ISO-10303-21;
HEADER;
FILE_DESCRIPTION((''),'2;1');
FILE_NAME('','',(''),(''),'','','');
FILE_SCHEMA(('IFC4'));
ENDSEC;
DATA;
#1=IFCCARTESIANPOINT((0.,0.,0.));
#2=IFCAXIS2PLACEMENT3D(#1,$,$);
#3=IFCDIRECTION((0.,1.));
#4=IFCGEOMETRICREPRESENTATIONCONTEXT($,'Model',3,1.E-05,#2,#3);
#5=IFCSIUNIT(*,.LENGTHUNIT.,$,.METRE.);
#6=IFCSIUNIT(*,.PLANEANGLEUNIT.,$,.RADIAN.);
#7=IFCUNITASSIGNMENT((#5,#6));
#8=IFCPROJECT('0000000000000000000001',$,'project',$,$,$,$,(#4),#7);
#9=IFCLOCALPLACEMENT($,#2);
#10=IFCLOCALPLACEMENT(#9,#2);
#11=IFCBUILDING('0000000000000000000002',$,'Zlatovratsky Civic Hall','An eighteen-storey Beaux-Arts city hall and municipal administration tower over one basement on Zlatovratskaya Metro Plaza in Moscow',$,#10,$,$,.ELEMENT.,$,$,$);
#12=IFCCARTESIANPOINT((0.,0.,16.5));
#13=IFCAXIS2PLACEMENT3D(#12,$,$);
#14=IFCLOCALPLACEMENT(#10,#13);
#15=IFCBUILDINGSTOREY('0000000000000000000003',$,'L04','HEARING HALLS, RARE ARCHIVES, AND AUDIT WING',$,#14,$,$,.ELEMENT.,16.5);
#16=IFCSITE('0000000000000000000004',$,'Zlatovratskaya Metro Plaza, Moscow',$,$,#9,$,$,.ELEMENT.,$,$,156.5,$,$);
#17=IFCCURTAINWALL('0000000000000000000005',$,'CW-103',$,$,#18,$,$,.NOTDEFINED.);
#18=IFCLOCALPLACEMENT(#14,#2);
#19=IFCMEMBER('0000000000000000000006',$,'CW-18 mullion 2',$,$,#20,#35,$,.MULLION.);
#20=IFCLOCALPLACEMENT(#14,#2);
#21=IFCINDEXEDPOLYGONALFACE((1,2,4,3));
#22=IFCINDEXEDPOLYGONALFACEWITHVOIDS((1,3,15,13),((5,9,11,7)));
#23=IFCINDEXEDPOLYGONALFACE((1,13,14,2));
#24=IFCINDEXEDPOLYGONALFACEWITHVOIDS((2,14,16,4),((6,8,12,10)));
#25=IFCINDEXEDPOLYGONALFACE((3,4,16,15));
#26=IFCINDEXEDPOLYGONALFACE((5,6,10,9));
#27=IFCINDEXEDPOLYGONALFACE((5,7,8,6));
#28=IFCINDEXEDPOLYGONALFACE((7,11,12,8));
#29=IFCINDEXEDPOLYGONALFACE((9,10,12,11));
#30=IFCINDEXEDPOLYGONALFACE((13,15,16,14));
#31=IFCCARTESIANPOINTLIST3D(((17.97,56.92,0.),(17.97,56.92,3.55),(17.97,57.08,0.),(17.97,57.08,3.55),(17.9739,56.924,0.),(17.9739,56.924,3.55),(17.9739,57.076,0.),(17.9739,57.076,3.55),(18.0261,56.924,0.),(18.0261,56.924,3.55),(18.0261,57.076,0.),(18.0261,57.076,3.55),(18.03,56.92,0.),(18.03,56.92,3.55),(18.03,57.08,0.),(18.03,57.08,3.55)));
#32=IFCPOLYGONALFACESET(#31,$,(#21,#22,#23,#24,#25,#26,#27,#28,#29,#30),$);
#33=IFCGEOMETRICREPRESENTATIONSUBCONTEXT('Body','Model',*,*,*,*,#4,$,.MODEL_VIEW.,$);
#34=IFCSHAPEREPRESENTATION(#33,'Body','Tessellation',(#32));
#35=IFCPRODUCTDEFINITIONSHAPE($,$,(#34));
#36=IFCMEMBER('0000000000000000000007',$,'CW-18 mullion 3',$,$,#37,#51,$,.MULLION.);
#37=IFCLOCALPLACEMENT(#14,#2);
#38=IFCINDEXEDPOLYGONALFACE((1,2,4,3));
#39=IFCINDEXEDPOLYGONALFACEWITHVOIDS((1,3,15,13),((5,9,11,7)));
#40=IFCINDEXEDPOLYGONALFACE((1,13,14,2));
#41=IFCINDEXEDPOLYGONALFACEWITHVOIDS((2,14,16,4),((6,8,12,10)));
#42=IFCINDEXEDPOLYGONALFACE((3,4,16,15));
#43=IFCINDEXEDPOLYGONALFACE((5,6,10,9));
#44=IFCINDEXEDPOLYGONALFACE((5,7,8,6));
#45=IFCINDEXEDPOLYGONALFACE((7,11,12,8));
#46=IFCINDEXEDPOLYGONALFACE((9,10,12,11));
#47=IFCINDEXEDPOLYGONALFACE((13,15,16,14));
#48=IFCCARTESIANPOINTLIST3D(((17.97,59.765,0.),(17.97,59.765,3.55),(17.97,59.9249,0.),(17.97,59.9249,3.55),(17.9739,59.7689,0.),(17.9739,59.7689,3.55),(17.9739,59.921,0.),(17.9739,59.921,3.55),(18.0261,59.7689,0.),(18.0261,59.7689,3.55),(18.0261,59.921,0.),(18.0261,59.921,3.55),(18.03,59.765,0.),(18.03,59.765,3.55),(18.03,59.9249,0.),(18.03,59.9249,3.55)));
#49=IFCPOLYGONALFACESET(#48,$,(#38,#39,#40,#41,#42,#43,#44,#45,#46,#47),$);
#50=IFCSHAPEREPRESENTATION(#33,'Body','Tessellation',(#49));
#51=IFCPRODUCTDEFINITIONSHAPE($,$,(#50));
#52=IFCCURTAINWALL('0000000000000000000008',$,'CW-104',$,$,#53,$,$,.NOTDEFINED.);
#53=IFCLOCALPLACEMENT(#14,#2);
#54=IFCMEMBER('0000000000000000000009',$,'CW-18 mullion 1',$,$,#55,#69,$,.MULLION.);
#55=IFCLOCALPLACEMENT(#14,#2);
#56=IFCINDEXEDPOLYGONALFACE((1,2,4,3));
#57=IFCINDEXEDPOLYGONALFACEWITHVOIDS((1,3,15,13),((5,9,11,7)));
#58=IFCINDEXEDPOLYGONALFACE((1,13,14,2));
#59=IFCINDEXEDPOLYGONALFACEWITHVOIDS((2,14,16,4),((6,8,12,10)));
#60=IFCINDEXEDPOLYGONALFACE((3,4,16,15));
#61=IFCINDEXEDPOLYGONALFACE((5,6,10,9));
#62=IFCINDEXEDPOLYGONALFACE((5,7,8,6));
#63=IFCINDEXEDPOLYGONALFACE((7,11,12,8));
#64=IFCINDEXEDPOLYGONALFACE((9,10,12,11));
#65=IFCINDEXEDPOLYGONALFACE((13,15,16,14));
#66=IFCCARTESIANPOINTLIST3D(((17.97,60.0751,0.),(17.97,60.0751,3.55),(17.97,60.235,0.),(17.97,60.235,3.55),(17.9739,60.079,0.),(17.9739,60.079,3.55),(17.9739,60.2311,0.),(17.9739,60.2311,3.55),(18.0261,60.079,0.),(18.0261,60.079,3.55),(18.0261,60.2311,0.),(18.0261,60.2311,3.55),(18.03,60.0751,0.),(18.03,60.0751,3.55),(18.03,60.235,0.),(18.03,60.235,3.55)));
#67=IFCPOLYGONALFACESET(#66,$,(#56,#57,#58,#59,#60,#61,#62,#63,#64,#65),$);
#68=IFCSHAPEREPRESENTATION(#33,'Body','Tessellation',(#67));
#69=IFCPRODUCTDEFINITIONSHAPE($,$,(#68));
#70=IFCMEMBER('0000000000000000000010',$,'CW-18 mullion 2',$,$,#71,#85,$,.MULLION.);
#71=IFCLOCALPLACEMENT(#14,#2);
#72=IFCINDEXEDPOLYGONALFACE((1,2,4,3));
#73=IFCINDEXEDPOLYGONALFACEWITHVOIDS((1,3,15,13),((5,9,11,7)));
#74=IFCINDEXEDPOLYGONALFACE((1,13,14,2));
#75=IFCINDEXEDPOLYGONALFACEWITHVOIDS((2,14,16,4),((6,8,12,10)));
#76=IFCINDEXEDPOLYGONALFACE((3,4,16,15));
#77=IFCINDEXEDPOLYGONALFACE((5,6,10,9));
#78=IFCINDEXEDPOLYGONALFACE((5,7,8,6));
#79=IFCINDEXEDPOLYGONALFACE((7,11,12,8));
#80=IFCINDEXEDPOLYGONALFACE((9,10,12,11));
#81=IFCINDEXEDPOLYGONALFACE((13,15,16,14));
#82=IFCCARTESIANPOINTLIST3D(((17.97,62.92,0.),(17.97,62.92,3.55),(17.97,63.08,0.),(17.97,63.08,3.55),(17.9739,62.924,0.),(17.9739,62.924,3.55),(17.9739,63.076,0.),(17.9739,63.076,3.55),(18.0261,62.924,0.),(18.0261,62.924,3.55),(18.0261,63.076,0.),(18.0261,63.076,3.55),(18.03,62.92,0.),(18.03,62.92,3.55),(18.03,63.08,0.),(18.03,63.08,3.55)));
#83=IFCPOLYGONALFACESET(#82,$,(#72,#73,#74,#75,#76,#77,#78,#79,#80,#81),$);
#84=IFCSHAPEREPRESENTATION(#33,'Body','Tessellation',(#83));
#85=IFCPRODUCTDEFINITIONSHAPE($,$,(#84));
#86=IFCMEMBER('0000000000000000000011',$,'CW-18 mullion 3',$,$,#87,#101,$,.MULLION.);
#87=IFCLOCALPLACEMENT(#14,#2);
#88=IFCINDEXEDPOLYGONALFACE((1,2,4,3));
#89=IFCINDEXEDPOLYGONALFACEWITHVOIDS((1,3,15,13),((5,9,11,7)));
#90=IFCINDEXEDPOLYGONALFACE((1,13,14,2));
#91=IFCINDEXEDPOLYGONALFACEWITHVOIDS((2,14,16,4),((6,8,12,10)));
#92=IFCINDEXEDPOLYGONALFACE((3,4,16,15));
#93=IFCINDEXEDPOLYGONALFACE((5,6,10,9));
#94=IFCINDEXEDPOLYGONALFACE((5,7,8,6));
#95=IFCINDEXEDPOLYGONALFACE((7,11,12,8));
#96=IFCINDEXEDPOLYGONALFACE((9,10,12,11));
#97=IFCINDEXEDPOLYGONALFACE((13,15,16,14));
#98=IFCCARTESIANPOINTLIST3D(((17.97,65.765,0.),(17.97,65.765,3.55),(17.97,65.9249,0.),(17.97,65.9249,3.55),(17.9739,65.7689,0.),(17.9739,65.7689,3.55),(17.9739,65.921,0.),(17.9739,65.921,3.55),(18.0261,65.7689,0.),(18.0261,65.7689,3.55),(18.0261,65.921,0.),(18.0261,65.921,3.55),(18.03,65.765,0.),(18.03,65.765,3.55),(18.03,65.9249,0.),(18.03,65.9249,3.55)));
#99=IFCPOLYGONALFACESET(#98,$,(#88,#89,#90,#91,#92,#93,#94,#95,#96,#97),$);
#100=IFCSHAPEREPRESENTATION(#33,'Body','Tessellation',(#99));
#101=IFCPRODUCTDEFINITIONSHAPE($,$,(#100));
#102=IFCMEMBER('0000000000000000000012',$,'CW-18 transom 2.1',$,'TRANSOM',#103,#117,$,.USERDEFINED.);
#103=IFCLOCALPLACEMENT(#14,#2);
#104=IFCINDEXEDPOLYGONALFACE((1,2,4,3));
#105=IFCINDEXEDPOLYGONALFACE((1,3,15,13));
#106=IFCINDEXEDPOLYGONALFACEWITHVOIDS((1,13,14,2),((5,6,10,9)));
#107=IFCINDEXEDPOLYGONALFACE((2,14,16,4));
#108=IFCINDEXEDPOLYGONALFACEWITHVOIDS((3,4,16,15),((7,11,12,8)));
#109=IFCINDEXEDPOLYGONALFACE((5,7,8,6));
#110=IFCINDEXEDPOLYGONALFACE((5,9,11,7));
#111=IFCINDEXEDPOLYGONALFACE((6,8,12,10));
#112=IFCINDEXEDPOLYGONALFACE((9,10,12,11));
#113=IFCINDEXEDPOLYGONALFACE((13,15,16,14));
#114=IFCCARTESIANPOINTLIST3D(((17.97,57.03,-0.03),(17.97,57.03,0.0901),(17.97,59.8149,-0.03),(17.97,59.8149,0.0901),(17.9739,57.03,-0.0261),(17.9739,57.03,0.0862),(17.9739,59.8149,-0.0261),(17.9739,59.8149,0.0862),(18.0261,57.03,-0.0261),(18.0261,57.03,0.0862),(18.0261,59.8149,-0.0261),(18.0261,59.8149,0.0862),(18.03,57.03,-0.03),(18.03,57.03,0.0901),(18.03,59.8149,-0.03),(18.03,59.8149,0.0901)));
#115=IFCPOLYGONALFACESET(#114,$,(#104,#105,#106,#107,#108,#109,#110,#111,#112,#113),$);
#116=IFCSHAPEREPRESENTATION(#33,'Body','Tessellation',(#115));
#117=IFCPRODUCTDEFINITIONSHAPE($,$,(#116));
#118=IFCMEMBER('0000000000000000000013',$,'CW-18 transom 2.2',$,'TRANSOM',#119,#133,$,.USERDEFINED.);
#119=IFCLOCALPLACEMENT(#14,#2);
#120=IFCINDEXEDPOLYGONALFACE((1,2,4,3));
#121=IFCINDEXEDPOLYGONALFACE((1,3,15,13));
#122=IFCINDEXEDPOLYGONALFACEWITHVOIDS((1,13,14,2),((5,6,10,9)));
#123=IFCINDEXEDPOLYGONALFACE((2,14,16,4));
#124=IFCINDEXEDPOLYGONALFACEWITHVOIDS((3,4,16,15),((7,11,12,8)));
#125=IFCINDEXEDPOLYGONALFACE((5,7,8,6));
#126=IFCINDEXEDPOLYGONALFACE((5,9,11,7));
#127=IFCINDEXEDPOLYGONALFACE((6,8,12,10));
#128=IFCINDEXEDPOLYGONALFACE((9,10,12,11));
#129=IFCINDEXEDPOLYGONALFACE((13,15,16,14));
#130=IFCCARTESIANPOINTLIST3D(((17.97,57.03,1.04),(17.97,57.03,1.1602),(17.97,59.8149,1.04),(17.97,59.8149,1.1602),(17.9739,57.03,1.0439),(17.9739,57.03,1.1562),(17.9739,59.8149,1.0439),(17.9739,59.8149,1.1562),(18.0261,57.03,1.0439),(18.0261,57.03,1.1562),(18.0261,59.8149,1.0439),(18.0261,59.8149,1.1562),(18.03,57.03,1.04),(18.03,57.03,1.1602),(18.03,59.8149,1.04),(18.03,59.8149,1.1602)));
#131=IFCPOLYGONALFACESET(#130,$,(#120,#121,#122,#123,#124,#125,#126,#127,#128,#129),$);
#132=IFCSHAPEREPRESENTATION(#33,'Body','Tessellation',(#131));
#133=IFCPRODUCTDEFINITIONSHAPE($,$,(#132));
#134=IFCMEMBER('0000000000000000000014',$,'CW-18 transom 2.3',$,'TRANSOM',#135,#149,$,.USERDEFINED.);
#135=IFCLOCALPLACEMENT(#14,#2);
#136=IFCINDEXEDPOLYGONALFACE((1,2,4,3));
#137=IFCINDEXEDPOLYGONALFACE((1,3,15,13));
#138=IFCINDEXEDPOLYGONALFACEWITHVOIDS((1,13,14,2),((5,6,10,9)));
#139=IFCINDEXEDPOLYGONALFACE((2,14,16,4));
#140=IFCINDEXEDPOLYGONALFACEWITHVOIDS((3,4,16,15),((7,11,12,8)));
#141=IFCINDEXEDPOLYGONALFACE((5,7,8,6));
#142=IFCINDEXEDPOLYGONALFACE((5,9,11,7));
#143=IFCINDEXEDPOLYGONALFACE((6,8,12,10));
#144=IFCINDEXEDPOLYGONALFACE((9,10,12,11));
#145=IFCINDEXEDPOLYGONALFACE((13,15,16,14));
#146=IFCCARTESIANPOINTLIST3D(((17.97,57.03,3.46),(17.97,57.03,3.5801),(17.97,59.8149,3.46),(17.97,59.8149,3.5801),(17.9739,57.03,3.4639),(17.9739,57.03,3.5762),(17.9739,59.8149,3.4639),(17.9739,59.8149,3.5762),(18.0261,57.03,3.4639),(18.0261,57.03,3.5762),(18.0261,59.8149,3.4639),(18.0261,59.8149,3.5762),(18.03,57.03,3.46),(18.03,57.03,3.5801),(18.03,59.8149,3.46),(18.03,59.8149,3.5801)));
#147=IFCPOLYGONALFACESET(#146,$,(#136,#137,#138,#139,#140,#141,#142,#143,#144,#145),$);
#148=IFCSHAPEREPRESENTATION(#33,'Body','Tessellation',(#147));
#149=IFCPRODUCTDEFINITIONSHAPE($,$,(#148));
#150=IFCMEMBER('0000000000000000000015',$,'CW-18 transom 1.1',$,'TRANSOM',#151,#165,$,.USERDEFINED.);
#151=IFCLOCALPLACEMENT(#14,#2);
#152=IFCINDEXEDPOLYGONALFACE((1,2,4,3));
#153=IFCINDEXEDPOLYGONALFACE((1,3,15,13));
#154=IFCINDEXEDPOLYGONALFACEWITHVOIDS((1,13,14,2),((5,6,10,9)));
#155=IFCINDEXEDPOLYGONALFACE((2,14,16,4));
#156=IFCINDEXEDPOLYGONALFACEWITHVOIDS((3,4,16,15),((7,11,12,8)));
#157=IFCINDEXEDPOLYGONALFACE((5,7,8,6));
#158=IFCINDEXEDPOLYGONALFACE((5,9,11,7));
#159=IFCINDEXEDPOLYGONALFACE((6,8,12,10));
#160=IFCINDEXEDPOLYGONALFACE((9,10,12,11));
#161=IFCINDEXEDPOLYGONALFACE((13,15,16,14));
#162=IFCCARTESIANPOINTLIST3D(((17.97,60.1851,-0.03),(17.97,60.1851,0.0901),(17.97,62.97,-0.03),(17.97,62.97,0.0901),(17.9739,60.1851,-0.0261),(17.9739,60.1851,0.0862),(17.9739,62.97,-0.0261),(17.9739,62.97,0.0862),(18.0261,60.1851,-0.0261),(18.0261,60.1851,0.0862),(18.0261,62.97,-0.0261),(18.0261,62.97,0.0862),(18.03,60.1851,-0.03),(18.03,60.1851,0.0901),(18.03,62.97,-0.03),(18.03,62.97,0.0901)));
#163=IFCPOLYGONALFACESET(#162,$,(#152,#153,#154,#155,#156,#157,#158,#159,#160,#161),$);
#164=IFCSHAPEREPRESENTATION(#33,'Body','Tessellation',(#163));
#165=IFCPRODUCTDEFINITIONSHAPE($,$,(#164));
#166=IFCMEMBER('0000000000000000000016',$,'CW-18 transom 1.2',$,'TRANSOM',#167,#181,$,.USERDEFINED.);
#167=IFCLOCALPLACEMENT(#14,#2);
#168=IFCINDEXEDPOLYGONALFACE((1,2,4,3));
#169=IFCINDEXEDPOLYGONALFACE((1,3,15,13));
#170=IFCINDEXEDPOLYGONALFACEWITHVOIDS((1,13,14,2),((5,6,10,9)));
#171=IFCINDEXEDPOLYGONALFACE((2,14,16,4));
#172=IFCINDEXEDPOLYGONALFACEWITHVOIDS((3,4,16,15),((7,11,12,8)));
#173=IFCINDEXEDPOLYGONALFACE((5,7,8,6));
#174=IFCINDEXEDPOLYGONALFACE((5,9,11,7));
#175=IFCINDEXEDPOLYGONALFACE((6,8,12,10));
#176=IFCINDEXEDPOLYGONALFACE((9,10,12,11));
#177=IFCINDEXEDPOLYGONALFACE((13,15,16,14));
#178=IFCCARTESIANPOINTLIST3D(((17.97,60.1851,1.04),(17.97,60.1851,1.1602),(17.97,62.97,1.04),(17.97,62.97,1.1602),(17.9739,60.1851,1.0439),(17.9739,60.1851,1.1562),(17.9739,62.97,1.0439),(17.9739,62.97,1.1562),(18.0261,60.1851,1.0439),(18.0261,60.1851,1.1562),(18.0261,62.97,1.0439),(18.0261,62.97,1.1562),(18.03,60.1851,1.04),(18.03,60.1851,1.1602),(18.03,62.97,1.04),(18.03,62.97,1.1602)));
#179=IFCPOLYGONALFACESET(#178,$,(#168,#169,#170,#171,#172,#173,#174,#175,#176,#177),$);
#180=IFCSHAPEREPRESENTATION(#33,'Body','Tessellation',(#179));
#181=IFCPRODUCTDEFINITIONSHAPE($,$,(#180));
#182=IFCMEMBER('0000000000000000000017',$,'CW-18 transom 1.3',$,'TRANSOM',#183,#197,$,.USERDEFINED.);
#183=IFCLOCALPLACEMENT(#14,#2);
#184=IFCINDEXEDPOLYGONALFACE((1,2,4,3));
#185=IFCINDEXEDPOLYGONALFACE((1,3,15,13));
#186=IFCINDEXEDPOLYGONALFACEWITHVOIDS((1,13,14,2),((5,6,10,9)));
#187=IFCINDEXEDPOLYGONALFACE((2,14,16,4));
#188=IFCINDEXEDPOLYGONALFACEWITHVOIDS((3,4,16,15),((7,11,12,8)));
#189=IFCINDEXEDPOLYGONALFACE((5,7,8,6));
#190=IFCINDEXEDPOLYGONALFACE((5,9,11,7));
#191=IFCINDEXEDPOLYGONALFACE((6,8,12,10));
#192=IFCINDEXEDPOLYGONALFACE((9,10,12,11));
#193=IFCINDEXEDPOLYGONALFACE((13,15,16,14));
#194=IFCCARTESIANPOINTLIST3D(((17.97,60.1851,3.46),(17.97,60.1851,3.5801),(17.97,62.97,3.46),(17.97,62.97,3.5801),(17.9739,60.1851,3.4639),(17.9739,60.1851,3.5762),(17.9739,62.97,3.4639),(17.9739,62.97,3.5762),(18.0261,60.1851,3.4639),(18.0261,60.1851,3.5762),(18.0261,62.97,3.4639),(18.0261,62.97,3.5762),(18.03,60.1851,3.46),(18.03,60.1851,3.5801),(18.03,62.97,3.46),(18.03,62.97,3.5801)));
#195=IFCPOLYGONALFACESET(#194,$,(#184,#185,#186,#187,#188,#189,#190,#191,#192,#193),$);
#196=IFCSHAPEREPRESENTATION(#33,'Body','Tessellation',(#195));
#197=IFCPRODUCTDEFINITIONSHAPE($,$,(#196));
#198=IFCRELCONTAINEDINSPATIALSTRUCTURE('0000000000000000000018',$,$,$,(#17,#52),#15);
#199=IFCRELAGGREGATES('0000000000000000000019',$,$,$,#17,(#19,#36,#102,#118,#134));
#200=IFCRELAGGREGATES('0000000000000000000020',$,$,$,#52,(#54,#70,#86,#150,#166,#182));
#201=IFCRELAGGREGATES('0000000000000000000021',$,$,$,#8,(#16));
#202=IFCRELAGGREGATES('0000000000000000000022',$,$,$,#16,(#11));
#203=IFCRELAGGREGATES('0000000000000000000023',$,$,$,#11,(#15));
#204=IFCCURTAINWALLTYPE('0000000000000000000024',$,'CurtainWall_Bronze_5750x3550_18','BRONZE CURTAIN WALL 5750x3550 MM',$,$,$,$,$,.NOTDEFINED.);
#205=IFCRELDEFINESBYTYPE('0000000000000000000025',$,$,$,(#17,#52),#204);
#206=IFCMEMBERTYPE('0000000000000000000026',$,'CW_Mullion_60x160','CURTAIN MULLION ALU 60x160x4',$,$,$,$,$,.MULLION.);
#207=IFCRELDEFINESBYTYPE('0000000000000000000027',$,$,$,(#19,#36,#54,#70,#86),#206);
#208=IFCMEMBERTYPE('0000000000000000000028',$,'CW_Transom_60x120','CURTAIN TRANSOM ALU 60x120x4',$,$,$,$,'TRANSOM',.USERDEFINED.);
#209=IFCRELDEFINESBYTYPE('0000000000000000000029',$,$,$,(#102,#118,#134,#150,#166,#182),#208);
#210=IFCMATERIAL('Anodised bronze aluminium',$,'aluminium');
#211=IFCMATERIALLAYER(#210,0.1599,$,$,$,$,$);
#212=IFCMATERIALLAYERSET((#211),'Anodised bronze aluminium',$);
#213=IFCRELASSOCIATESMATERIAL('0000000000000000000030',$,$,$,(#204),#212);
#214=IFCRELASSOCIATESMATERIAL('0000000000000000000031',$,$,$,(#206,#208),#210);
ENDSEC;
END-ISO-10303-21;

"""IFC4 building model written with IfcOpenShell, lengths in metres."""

from ifc_helpers import new_model, si_unit, direction, frame, origin, origin_2d, place, context, subcontext, project, spatial, hollow_rectangle, extrude, material, layer, layer_set, material_profile, profile_set, type_object, element, aggregate, save


model = new_model("IFC4")

# Units and contexts
model_context = context("Model", 3, precision=1e-05, world=origin(), true_north=direction((0.0, 1.0)))
body_context = subcontext(model_context, "Body", "Model", "MODEL_VIEW")
ifc_project = project(units=[si_unit("LENGTHUNIT", "METRE"), si_unit("PLANEANGLEUNIT", "RADIAN")], contexts=[model_context])

# Site, building, storey
site_placement = place(None, origin())
site = spatial("IfcSite", under=ifc_project, at=site_placement, Name="Zlatovratskaya Metro Plaza, Moscow", CompositionType="ELEMENT", RefElevation=156.5)
building_placement = place(site_placement, origin())
building = spatial("IfcBuilding", under=site, at=building_placement, Name="Zlatovratsky Civic Hall", Description="An eighteen-storey Beaux-Arts city hall and municipal administration tower over one basement on Zlatovratskaya Metro Plaza in Moscow", CompositionType="ELEMENT")
storey_placement = place(building_placement, frame((0.0, 0.0, 16.5)))
storey = spatial("IfcBuildingStorey", under=building, at=storey_placement, Name="L04", Description="HEARING HALLS, RARE ARCHIVES, AND AUDIT WING", CompositionType="ELEMENT", Elevation=16.5)

# Curtain walls, members
ifc_material_1 = material(Name="Anodised bronze aluminium", Category="aluminium")
ifc_layer_1 = layer(ifc_material_1, 0.1599)
ifc_layer_set_1 = layer_set([ifc_layer_1], Name="Anodised bronze aluminium")
curtain_wall_type = type_object("IfcCurtainWallType", Name="CurtainWall_Bronze_5750x3550_18", Description="BRONZE CURTAIN WALL 5750x3550 MM", PredefinedType="NOTDEFINED", material=ifc_layer_set_1)
curtain_wall_1_placement = place(storey_placement, origin())
curtain_wall_1 = element("IfcCurtainWall", 1, at=curtain_wall_1_placement, inside=storey, type_object=curtain_wall_type, Name="CW-103", PredefinedType="NOTDEFINED")
ifc_material_profile_1 = material_profile(ifc_material_1, hollow_rectangle(XDim=0.0601, YDim=0.1599, WallThickness=0.0039, at=origin_2d()), Name="ALU 60x160x4")
ifc_profile_set_1 = profile_set([ifc_material_profile_1], Name="Anodised bronze aluminium")
member_type_1 = type_object("IfcMemberType", Name="CW_Mullion_60x160", Description="CURTAIN MULLION ALU 60x160x4", PredefinedType="MULLION", material=ifc_profile_set_1)
member_1_placement = place(storey_placement, frame((18.0, 57.0, 0.0), z_axis=(0.0, 0.0, 1.0), x_axis=(-1.0, 0.0, 0.0)))
member_1 = element("IfcMember", 2, at=member_1_placement, type_object=member_type_1, Name="CW-18 mullion 2", PredefinedType="MULLION", context=body_context, shape_type="SweptSolid", body=[
    extrude(hollow_rectangle(XDim=0.0601, YDim=0.1599, WallThickness=0.0039, at=origin_2d()), origin(), (0.0, 0.0, 1.0), 3.55),
])
member_2_placement = place(storey_placement, frame((18.0, 59.845, 0.0), z_axis=(0.0, 0.0, 1.0), x_axis=(-1.0, 0.0, 0.0)))
member_2 = element("IfcMember", 3, at=member_2_placement, type_object=member_type_1, Name="CW-18 mullion 3", PredefinedType="MULLION", context=body_context, shape_type="SweptSolid", body=[
    extrude(hollow_rectangle(XDim=0.0601, YDim=0.1599, WallThickness=0.0039, at=origin_2d()), origin(), (0.0, 0.0, 1.0), 3.55),
])
curtain_wall_2_placement = place(storey_placement, origin())
curtain_wall_2 = element("IfcCurtainWall", 4, at=curtain_wall_2_placement, inside=storey, type_object=curtain_wall_type, Name="CW-104", PredefinedType="NOTDEFINED")
member_3_placement = place(storey_placement, frame((18.0, 60.155, 0.0), z_axis=(0.0, 0.0, 1.0), x_axis=(-1.0, 0.0, 0.0)))
member_3 = element("IfcMember", 5, at=member_3_placement, type_object=member_type_1, Name="CW-18 mullion 1", PredefinedType="MULLION", context=body_context, shape_type="SweptSolid", body=[
    extrude(hollow_rectangle(XDim=0.0601, YDim=0.1599, WallThickness=0.0039, at=origin_2d()), origin(), (0.0, 0.0, 1.0), 3.55),
])
member_4_placement = place(storey_placement, frame((18.0, 63.0, 0.0), z_axis=(0.0, 0.0, 1.0), x_axis=(-1.0, 0.0, 0.0)))
member_4 = element("IfcMember", 6, at=member_4_placement, type_object=member_type_1, Name="CW-18 mullion 2", PredefinedType="MULLION", context=body_context, shape_type="SweptSolid", body=[
    extrude(hollow_rectangle(XDim=0.0601, YDim=0.1599, WallThickness=0.0039, at=origin_2d()), origin(), (0.0, 0.0, 1.0), 3.55),
])
member_5_placement = place(storey_placement, frame((18.0, 65.845, 0.0), z_axis=(0.0, 0.0, 1.0), x_axis=(-1.0, 0.0, 0.0)))
member_5 = element("IfcMember", 7, at=member_5_placement, type_object=member_type_1, Name="CW-18 mullion 3", PredefinedType="MULLION", context=body_context, shape_type="SweptSolid", body=[
    extrude(hollow_rectangle(XDim=0.0601, YDim=0.1599, WallThickness=0.0039, at=origin_2d()), origin(), (0.0, 0.0, 1.0), 3.55),
])

# Members
ifc_material_profile_2 = material_profile(ifc_material_1, hollow_rectangle(XDim=0.0601, YDim=0.1201, WallThickness=0.0039, at=origin_2d()), Name="ALU 60x120x4")
ifc_profile_set_2 = profile_set([ifc_material_profile_2], Name="Anodised bronze aluminium")
member_type_2 = type_object("IfcMemberType", Name="CW_Transom_60x120", Description="CURTAIN TRANSOM ALU 60x120x4", ElementType="TRANSOM", PredefinedType="USERDEFINED", material=ifc_profile_set_2)
member_6_placement = place(storey_placement, frame((18.0, 57.03, 0.03), z_axis=(0.0, 1.0, 0.0), x_axis=(-1.0, 0.0, 0.0)))
member_6 = element("IfcMember", 8, at=member_6_placement, type_object=member_type_2, Name="CW-18 transom 2.1", ObjectType="TRANSOM", PredefinedType="USERDEFINED", context=body_context, shape_type="SweptSolid", body=[
    extrude(hollow_rectangle(XDim=0.0601, YDim=0.1201, WallThickness=0.0039, at=origin_2d()), origin(), (0.0, 0.0, 1.0), 2.7849),
])
member_7_placement = place(storey_placement, frame((18.0, 57.03, 1.1001), z_axis=(0.0, 1.0, 0.0), x_axis=(-1.0, 0.0, 0.0)))
member_7 = element("IfcMember", 9, at=member_7_placement, type_object=member_type_2, Name="CW-18 transom 2.2", ObjectType="TRANSOM", PredefinedType="USERDEFINED", context=body_context, shape_type="SweptSolid", body=[
    extrude(hollow_rectangle(XDim=0.0601, YDim=0.1201, WallThickness=0.0039, at=origin_2d()), origin(), (0.0, 0.0, 1.0), 2.7849),
])
member_8_placement = place(storey_placement, frame((18.0, 57.03, 3.52), z_axis=(0.0, 1.0, 0.0), x_axis=(-1.0, 0.0, 0.0)))
member_8 = element("IfcMember", 10, at=member_8_placement, type_object=member_type_2, Name="CW-18 transom 2.3", ObjectType="TRANSOM", PredefinedType="USERDEFINED", context=body_context, shape_type="SweptSolid", body=[
    extrude(hollow_rectangle(XDim=0.0601, YDim=0.1201, WallThickness=0.0039, at=origin_2d()), origin(), (0.0, 0.0, 1.0), 2.7849),
])
member_9_placement = place(storey_placement, frame((18.0, 60.1851, 0.03), z_axis=(0.0, 1.0, 0.0), x_axis=(-1.0, 0.0, 0.0)))
member_9 = element("IfcMember", 11, at=member_9_placement, type_object=member_type_2, Name="CW-18 transom 1.1", ObjectType="TRANSOM", PredefinedType="USERDEFINED", context=body_context, shape_type="SweptSolid", body=[
    extrude(hollow_rectangle(XDim=0.0601, YDim=0.1201, WallThickness=0.0039, at=origin_2d()), origin(), (0.0, 0.0, 1.0), 2.7849),
])
member_10_placement = place(storey_placement, frame((18.0, 60.1851, 1.1001), z_axis=(0.0, 1.0, 0.0), x_axis=(-1.0, 0.0, 0.0)))
member_10 = element("IfcMember", 12, at=member_10_placement, type_object=member_type_2, Name="CW-18 transom 1.2", ObjectType="TRANSOM", PredefinedType="USERDEFINED", context=body_context, shape_type="SweptSolid", body=[
    extrude(hollow_rectangle(XDim=0.0601, YDim=0.1201, WallThickness=0.0039, at=origin_2d()), origin(), (0.0, 0.0, 1.0), 2.7849),
])
member_11_placement = place(storey_placement, frame((18.0, 60.1851, 3.52), z_axis=(0.0, 1.0, 0.0), x_axis=(-1.0, 0.0, 0.0)))
member_11 = element("IfcMember", 13, at=member_11_placement, type_object=member_type_2, Name="CW-18 transom 1.3", ObjectType="TRANSOM", PredefinedType="USERDEFINED", context=body_context, shape_type="SweptSolid", body=[
    extrude(hollow_rectangle(XDim=0.0601, YDim=0.1201, WallThickness=0.0039, at=origin_2d()), origin(), (0.0, 0.0, 1.0), 2.7849),
])

aggregate(curtain_wall_1, [member_1, member_2, member_6, member_7, member_8])
aggregate(curtain_wall_2, [member_3, member_4, member_5, member_9, member_10, member_11])

save(model, "model.ifc")
